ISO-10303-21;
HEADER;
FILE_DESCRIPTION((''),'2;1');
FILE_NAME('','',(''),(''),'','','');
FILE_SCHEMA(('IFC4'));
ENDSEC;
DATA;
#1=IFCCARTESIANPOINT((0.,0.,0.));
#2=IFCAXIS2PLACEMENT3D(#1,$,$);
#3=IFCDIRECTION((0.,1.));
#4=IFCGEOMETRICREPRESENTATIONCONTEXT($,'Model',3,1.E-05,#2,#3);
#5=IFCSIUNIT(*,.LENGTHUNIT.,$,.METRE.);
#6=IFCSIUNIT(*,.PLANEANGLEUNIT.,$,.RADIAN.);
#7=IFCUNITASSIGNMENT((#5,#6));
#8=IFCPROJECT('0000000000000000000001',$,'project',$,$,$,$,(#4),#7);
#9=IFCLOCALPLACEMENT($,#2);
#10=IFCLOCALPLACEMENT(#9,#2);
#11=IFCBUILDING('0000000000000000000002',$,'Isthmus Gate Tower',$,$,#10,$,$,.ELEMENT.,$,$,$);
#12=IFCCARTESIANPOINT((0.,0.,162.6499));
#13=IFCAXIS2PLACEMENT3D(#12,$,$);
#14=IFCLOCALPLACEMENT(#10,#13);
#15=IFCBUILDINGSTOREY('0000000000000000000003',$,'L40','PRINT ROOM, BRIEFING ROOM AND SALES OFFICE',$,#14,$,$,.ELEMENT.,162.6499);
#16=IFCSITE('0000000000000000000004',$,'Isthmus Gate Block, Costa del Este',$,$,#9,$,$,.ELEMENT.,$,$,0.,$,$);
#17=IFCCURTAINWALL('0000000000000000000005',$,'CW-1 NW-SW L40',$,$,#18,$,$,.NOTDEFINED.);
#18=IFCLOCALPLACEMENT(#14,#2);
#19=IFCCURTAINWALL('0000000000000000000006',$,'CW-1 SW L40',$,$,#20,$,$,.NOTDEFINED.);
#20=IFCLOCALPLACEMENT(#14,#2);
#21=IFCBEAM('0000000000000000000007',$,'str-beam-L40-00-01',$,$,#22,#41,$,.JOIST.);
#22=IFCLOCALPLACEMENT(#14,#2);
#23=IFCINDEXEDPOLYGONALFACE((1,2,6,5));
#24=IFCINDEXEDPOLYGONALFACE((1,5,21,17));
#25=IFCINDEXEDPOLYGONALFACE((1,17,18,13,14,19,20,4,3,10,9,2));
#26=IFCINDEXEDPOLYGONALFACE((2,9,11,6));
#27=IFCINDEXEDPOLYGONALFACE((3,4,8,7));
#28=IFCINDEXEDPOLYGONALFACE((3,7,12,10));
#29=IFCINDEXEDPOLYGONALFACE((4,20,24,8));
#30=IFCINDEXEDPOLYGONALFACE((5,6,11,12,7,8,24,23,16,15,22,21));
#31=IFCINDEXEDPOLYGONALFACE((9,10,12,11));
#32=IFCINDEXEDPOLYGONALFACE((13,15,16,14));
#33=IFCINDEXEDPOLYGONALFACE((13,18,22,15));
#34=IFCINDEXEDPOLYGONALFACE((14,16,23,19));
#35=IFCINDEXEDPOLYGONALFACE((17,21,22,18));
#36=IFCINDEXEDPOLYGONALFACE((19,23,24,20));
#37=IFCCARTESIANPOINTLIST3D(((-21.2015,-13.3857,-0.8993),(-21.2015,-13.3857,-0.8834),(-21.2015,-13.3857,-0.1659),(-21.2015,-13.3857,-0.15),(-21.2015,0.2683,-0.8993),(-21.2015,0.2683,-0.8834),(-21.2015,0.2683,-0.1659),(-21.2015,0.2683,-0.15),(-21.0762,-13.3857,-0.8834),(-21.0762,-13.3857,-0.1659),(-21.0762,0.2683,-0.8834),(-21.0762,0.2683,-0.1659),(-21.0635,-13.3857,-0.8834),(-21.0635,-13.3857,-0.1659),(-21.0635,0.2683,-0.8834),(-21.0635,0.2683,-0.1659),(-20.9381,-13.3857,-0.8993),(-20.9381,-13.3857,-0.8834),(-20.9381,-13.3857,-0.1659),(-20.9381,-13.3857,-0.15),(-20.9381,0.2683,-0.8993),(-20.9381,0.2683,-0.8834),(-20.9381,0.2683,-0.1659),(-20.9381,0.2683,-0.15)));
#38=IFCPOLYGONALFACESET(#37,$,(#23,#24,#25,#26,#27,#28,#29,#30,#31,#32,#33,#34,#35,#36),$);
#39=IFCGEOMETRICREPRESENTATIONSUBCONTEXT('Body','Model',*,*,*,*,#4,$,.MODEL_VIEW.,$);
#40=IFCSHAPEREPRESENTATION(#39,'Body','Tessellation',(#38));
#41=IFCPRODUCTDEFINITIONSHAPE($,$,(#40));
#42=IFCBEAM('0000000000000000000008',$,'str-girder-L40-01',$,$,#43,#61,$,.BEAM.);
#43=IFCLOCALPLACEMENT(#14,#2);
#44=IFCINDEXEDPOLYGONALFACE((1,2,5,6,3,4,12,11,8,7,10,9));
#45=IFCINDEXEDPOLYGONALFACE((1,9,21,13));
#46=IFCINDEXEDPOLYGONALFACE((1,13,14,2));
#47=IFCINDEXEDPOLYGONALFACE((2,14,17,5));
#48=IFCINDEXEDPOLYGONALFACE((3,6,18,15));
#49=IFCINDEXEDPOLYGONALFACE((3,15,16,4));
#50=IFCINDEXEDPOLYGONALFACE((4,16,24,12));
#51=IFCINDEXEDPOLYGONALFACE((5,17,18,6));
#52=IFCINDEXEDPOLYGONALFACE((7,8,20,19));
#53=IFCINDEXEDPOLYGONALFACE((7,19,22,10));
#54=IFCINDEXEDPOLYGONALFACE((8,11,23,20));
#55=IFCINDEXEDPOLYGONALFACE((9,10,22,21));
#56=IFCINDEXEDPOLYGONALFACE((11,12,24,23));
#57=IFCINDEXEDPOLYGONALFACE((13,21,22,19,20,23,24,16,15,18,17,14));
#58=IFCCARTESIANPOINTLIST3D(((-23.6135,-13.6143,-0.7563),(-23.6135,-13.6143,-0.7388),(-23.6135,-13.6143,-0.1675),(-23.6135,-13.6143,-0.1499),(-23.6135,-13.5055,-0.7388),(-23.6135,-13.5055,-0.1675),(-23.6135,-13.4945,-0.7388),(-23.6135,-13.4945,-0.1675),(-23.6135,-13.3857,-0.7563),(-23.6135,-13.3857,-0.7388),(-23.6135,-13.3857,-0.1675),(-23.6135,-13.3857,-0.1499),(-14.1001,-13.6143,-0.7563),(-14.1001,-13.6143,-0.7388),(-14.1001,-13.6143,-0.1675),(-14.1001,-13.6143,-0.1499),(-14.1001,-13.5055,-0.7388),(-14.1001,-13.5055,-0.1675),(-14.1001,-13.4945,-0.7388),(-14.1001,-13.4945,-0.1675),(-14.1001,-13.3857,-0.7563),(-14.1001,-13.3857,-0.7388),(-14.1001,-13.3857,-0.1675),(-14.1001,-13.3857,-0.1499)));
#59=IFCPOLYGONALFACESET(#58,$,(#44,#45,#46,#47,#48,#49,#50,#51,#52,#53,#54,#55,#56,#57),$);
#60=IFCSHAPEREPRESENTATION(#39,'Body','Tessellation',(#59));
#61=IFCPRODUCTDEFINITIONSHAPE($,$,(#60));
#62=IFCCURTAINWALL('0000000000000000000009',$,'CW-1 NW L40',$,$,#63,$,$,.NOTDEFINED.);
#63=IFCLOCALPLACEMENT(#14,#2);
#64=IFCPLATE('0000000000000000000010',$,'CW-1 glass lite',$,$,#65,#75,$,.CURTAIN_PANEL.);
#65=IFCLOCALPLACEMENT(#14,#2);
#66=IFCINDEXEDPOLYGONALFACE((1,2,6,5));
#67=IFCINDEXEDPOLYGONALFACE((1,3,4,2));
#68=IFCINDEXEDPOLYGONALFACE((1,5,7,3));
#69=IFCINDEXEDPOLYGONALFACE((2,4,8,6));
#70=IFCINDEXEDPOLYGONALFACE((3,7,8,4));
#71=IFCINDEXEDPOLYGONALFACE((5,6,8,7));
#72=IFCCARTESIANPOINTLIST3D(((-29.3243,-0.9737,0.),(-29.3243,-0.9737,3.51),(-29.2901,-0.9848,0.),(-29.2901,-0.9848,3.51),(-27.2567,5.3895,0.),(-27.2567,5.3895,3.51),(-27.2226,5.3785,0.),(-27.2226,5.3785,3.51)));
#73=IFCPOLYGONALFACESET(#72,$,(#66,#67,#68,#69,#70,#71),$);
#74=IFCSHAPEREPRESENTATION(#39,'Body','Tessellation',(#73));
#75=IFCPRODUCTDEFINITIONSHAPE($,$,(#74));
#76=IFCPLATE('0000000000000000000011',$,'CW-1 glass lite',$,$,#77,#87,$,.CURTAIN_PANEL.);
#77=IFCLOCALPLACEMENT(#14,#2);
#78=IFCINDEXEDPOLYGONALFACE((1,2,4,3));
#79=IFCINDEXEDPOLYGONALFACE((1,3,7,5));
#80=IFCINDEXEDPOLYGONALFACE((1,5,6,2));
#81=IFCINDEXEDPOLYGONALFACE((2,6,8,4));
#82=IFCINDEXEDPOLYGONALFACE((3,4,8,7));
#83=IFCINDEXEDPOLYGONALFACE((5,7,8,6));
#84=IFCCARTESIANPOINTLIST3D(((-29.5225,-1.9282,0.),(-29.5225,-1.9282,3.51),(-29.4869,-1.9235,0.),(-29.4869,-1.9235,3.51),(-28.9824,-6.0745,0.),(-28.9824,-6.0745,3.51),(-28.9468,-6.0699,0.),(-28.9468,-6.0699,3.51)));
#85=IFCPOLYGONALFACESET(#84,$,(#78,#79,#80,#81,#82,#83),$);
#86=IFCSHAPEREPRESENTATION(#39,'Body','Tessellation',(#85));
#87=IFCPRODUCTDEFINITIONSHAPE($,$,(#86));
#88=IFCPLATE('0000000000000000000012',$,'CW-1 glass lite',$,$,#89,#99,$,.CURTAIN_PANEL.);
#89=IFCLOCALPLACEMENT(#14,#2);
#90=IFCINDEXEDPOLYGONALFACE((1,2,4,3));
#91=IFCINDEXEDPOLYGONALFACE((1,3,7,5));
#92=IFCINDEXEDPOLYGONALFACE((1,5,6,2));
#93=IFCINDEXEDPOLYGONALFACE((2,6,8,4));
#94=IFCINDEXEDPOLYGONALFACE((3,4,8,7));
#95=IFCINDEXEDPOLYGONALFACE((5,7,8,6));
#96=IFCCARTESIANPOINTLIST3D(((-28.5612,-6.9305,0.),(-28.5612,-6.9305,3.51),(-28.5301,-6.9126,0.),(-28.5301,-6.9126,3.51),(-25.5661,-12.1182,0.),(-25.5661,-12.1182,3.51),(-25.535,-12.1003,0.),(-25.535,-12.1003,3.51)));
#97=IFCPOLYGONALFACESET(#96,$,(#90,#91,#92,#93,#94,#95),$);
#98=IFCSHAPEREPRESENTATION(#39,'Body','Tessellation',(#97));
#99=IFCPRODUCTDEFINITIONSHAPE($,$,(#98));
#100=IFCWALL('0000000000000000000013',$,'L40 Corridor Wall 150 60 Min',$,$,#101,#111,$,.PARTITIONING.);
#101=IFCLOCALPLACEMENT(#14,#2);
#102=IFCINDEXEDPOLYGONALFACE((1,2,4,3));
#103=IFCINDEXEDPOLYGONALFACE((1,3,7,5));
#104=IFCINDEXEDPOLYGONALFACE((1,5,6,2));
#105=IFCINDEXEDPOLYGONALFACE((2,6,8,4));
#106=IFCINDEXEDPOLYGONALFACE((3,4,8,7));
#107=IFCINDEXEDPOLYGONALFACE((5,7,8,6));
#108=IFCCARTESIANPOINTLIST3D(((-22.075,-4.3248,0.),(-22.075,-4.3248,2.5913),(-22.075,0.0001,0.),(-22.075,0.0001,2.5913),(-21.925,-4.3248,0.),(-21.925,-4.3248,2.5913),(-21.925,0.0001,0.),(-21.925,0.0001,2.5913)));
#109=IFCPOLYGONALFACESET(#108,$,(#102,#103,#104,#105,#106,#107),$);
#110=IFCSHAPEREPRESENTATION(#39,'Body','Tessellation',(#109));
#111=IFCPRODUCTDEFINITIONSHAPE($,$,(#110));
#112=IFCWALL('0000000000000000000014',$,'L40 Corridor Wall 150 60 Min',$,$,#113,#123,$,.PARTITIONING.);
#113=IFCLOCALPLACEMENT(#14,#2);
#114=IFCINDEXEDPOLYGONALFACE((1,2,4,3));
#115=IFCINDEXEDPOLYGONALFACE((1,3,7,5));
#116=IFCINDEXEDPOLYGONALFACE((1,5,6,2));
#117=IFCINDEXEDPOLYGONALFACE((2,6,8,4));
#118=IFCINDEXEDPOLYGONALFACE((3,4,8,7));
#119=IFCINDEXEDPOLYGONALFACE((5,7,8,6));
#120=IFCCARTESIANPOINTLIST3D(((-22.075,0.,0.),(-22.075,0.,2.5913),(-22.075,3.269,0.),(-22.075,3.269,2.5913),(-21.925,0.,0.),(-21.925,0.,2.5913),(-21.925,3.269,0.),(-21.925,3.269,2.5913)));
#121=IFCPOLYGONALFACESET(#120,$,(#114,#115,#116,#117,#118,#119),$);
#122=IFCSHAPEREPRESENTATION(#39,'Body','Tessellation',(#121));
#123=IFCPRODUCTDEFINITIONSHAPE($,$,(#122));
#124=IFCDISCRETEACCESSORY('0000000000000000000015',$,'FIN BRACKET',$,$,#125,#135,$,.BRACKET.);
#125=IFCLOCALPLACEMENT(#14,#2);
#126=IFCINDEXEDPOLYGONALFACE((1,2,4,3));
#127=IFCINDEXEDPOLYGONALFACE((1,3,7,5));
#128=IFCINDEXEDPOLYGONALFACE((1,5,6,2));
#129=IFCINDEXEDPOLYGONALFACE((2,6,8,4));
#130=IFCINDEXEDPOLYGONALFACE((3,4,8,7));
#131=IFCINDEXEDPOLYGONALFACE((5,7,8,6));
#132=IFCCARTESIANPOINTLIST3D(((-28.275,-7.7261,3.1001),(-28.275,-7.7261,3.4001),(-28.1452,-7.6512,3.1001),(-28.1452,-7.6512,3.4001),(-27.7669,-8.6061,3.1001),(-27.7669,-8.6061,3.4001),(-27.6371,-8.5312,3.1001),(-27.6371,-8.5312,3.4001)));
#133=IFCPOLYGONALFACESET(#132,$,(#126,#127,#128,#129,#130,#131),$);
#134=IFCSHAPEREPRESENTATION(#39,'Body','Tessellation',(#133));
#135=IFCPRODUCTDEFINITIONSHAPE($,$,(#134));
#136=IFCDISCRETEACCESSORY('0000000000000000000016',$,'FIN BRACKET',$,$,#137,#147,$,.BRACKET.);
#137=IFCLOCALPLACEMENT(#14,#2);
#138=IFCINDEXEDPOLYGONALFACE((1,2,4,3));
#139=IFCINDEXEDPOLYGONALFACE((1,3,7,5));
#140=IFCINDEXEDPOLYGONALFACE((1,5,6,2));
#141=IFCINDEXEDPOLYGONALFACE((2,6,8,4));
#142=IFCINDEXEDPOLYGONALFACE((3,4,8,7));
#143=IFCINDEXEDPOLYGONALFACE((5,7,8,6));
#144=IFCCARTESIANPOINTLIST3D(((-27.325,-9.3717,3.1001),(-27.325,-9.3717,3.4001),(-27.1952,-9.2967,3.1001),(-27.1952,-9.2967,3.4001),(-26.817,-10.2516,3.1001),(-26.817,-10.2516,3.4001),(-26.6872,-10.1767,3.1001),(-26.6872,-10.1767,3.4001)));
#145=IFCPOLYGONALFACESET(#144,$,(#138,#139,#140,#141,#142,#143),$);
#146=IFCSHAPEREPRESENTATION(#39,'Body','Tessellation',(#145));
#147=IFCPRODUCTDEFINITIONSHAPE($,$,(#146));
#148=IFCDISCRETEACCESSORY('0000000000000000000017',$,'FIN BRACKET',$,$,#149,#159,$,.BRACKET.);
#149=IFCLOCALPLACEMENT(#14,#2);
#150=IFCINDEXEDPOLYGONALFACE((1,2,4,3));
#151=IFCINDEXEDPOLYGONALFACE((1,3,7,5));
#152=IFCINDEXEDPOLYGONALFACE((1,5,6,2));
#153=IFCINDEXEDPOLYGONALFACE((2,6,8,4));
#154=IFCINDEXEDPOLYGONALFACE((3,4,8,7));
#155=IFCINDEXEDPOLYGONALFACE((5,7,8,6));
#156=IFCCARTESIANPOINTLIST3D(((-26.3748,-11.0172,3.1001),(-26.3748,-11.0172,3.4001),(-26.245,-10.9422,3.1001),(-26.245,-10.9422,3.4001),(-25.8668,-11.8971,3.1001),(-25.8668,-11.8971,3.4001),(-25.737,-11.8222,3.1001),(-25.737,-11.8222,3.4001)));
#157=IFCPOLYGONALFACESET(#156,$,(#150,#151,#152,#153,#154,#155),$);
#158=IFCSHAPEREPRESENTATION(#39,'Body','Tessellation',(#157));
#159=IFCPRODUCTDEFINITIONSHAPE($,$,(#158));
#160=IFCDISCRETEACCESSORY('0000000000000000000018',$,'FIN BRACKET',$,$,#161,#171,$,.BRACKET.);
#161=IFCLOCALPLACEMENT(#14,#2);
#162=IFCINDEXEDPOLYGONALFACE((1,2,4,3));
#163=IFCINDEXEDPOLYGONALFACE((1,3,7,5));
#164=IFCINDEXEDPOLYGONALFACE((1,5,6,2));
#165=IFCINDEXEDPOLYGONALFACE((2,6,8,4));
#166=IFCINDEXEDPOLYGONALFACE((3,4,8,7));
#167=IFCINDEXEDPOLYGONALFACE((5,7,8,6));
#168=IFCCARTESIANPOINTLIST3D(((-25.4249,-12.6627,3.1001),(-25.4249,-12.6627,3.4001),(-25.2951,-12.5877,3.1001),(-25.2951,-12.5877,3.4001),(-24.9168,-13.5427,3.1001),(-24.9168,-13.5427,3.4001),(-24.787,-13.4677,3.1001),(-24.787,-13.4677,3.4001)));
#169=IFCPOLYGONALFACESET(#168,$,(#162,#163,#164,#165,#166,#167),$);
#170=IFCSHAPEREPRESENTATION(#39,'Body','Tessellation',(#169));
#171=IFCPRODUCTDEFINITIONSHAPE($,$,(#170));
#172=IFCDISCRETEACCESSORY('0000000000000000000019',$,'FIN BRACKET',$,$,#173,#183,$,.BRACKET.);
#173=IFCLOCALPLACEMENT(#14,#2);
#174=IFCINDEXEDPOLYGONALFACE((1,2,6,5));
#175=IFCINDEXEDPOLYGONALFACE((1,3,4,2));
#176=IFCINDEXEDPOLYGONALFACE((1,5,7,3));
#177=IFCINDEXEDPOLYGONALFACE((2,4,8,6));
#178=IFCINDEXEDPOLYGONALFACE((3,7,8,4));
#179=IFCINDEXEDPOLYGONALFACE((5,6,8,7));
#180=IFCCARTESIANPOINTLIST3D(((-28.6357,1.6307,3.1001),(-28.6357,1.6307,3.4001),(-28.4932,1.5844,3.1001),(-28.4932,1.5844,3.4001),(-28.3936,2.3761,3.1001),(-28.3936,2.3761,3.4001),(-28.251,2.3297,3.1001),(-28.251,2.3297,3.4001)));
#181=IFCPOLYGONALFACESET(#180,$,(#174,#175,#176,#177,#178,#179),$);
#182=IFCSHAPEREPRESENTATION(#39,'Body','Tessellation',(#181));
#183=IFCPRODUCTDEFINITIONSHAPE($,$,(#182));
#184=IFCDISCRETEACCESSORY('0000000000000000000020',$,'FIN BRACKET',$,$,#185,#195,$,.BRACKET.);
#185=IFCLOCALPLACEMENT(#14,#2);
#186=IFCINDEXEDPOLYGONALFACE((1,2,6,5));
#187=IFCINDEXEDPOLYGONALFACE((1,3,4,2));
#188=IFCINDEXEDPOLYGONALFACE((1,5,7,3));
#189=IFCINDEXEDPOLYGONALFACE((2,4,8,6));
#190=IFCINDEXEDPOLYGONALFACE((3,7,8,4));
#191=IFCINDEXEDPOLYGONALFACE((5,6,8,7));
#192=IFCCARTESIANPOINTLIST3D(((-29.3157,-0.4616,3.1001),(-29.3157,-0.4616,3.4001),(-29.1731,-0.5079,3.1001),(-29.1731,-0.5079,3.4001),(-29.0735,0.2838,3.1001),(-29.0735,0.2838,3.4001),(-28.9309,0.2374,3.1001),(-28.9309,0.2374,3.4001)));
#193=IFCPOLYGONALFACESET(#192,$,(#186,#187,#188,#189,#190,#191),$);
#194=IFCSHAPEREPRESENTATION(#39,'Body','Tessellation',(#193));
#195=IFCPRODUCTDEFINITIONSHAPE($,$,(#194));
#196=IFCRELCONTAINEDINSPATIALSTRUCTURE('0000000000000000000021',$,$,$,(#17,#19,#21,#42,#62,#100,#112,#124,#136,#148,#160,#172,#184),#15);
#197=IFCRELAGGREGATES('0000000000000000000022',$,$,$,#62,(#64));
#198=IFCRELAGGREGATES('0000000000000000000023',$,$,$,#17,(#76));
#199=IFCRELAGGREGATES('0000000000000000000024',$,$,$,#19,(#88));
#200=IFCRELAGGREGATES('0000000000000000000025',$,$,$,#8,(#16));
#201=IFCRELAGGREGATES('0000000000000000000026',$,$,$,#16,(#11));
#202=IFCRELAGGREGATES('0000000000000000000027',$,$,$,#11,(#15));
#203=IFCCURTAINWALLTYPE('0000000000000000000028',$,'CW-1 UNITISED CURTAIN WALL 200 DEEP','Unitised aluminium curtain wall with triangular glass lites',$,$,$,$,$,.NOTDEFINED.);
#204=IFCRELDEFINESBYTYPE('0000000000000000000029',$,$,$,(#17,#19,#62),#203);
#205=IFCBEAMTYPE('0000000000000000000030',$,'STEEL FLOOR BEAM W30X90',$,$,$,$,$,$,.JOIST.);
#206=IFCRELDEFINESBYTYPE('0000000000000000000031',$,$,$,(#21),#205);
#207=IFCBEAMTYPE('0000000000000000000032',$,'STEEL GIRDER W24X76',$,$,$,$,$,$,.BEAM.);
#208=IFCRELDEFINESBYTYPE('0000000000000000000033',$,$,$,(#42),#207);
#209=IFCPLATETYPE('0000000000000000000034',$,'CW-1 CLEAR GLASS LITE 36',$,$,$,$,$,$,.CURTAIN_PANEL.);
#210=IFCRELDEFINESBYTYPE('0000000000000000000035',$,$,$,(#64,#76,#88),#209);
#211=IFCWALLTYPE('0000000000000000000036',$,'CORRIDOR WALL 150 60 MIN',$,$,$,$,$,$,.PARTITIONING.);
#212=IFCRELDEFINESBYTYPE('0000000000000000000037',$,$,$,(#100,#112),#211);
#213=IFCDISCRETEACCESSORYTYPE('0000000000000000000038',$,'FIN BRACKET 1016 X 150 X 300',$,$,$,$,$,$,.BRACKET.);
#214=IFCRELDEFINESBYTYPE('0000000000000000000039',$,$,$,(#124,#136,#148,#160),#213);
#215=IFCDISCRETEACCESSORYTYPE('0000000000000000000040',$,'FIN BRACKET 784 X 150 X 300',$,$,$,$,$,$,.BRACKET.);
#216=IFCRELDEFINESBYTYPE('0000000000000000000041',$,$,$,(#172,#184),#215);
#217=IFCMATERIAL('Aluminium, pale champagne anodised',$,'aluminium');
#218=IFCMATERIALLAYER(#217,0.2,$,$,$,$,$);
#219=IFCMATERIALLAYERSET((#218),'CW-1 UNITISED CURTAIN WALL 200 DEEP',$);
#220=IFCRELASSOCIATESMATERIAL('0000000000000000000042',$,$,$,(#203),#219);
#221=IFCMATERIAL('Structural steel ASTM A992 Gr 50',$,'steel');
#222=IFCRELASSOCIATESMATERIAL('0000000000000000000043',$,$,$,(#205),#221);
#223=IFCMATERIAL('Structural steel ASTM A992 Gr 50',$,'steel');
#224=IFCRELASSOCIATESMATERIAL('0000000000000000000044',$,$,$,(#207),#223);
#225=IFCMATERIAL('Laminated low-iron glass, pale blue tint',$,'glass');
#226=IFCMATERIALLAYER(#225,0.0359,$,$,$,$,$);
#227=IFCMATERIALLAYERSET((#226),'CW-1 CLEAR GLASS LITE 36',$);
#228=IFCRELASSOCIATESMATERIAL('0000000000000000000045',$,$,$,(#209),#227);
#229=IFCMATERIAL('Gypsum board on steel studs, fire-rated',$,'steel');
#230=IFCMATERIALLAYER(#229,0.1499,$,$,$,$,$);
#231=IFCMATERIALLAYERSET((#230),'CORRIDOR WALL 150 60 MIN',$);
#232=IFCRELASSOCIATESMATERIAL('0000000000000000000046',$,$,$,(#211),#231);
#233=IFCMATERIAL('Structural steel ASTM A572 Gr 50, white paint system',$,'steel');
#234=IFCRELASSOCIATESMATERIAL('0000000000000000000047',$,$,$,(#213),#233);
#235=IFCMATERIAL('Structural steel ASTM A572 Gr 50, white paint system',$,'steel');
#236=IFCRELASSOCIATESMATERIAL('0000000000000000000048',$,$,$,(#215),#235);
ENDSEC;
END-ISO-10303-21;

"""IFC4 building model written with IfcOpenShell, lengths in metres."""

from ifc_helpers import new_model, si_unit, direction, frame, frame_2d, origin, origin_2d, place, context, subcontext, project, spatial, rectangle, i_section, extrude, material, layer, layer_set, material_profile, profile_set, type_object, element, aggregate, save


model = new_model("IFC4")

# Units and contexts
model_context = context("Model", 3, precision=1e-05, world=origin(), true_north=direction((0.0, 1.0)))
body_context = subcontext(model_context, "Body", "Model", "MODEL_VIEW")
ifc_project = project(units=[si_unit("LENGTHUNIT", "METRE"), si_unit("PLANEANGLEUNIT", "RADIAN")], contexts=[model_context])

# Site, building, storey
site_placement = place(None, origin())
site = spatial("IfcSite", under=ifc_project, at=site_placement, Name="Isthmus Gate Block, Costa del Este", CompositionType="ELEMENT", RefElevation=0.0)
building_placement = place(site_placement, origin())
building = spatial("IfcBuilding", under=site, at=building_placement, Name="Isthmus Gate Tower", CompositionType="ELEMENT")
storey_placement = place(building_placement, frame((0.0, 0.0, 162.6499)))
storey = spatial("IfcBuildingStorey", under=building, at=storey_placement, Name="L40", Description="PRINT ROOM, BRIEFING ROOM AND SALES OFFICE", CompositionType="ELEMENT", Elevation=162.6499)

# Curtain walls
ifc_material_1 = material(Name="Aluminium, pale champagne anodised", Category="aluminium")
ifc_layer_1 = layer(ifc_material_1, 0.2)
ifc_layer_set_1 = layer_set([ifc_layer_1], Name="CW-1 UNITISED CURTAIN WALL 200 DEEP")
curtain_wall_type = type_object("IfcCurtainWallType", Name="CW-1 UNITISED CURTAIN WALL 200 DEEP", Description="Unitised aluminium curtain wall with triangular glass lites", PredefinedType="NOTDEFINED", material=ifc_layer_set_1)
curtain_wall_1_placement = place(storey_placement, origin())
curtain_wall_1 = element("IfcCurtainWall", 1, at=curtain_wall_1_placement, inside=storey, type_object=curtain_wall_type, Name="CW-1 NW-SW L40", PredefinedType="NOTDEFINED")
curtain_wall_2_placement = place(storey_placement, origin())
curtain_wall_2 = element("IfcCurtainWall", 2, at=curtain_wall_2_placement, inside=storey, type_object=curtain_wall_type, Name="CW-1 SW L40", PredefinedType="NOTDEFINED")

# Beams
ifc_material_2 = material(Name="Structural steel ASTM A992 Gr 50", Category="steel")
ifc_material_profile_1 = material_profile(ifc_material_2, i_section(OverallWidth=0.2634, OverallDepth=0.7493, WebThickness=0.0127, FlangeThickness=0.0159, at=origin_2d()), Name="W30X90")
ifc_profile_set_1 = profile_set([ifc_material_profile_1], Name="Structural steel ASTM A992 Gr 50")
beam_type_1 = type_object("IfcBeamType", Name="STEEL FLOOR BEAM W30X90", PredefinedType="JOIST", material=ifc_profile_set_1)
beam_1_placement = place(storey_placement, frame((-21.0698, -13.3857, -0.5247), z_axis=(0.0, 1.0, 0.0), x_axis=(-1.0, 0.0, 0.0)))
element("IfcBeam", 3, at=beam_1_placement, inside=storey, type_object=beam_type_1, Name="str-beam-L40-00-01", PredefinedType="JOIST", context=body_context, shape_type="SweptSolid", body=[
    extrude(i_section(OverallWidth=0.2634, OverallDepth=0.7493, WebThickness=0.0127, FlangeThickness=0.0159, at=origin_2d()), origin(), (0.0, 0.0, 1.0), 13.6541),
])
ifc_material_3 = material(Name="Structural steel ASTM A992 Gr 50", Category="steel")
ifc_material_profile_2 = material_profile(ifc_material_3, i_section(OverallWidth=0.2285, OverallDepth=0.6064, WebThickness=0.011, FlangeThickness=0.0176, at=origin_2d()), Name="W24X76")
ifc_profile_set_2 = profile_set([ifc_material_profile_2], Name="Structural steel ASTM A992 Gr 50")
beam_type_2 = type_object("IfcBeamType", Name="STEEL GIRDER W24X76", PredefinedType="BEAM", material=ifc_profile_set_2)
beam_2_placement = place(storey_placement, frame((-23.6135, -13.5, -0.4531), z_axis=(1.0, 0.0, 0.0), x_axis=(0.0, 1.0, 0.0)))
element("IfcBeam", 4, at=beam_2_placement, inside=storey, type_object=beam_type_2, Name="str-girder-L40-01", PredefinedType="BEAM", context=body_context, shape_type="SweptSolid", body=[
    extrude(i_section(OverallWidth=0.2285, OverallDepth=0.6064, WebThickness=0.011, FlangeThickness=0.0176, at=origin_2d()), origin(), (0.0, 0.0, 1.0), 9.5134),
])

# Curtain wall, plate
curtain_wall_3_placement = place(storey_placement, origin())
curtain_wall_3 = element("IfcCurtainWall", 5, at=curtain_wall_3_placement, inside=storey, type_object=curtain_wall_type, Name="CW-1 NW L40", PredefinedType="NOTDEFINED")
ifc_material_4 = material(Name="Laminated low-iron glass, pale blue tint", Category="glass")
ifc_layer_2 = layer(ifc_material_4, 0.0359)
ifc_layer_set_2 = layer_set([ifc_layer_2], Name="CW-1 CLEAR GLASS LITE 36")
plate_type = type_object("IfcPlateType", Name="CW-1 CLEAR GLASS LITE 36", PredefinedType="CURTAIN_PANEL", material=ifc_layer_set_2)
plate_1_placement = place(storey_placement, frame((-28.2734, 2.2024, 0.0), z_axis=(0.0, 0.0, 1.0), x_axis=(-0.309017, -0.951057, 0.0)))
plate_1 = element("IfcPlate", 6, at=plate_1_placement, type_object=plate_type, Name="CW-1 glass lite", PredefinedType="CURTAIN_PANEL", context=body_context, shape_type="SweptSolid", body=[
    extrude(rectangle(XDim=6.6907, YDim=0.0359, at=origin_2d()), origin(), (0.0, 0.0, 1.0), 3.51),
])
aggregate(curtain_wall_3, [plate_1])

# Plates
plate_2_placement = place(storey_placement, frame((-29.2346, -3.999, 0.0), z_axis=(0.0, 0.0, 1.0), x_axis=(0.129165, -0.991623, 0.0)))
plate_2 = element("IfcPlate", 7, at=plate_2_placement, type_object=plate_type, Name="CW-1 glass lite", PredefinedType="CURTAIN_PANEL", context=body_context, shape_type="SweptSolid", body=[
    extrude(rectangle(XDim=4.1814, YDim=0.0359, at=origin_2d()), origin(), (0.0, 0.0, 1.0), 3.51),
])
aggregate(curtain_wall_1, [plate_2])
plate_3_placement = place(storey_placement, frame((-27.0481, -9.5154, 0.0), z_axis=(0.0, 0.0, 1.0), x_axis=(0.5, -0.866025, 0.0)))
plate_3 = element("IfcPlate", 8, at=plate_3_placement, type_object=plate_type, Name="CW-1 glass lite", PredefinedType="CURTAIN_PANEL", context=body_context, shape_type="SweptSolid", body=[
    extrude(rectangle(XDim=5.9902, YDim=0.0359, at=origin_2d()), origin(), (0.0, 0.0, 1.0), 3.51),
])
aggregate(curtain_wall_2, [plate_3])

# Walls
ifc_material_5 = material(Name="Gypsum board on steel studs, fire-rated", Category="steel")
ifc_layer_3 = layer(ifc_material_5, 0.1499)
ifc_layer_set_3 = layer_set([ifc_layer_3], Name="CORRIDOR WALL 150 60 MIN")
wall_type = type_object("IfcWallType", Name="CORRIDOR WALL 150 60 MIN", PredefinedType="PARTITIONING", material=ifc_layer_set_3)
wall_1_placement = place(storey_placement, frame((-22.0, -4.325, 0.0), z_axis=(0.0, 0.0, 1.0), x_axis=(0.0, 1.0, 0.0)))
element("IfcWall", 9, at=wall_1_placement, inside=storey, type_object=wall_type, Name="L40 Corridor Wall 150 60 Min", PredefinedType="PARTITIONING", context=body_context, shape_type="SweptSolid", body=[
    extrude(rectangle(XDim=4.325, YDim=0.1499, at=frame_2d((2.1626, 0.0))), origin(), (0.0, 0.0, 1.0), 2.5913),
])
wall_2_placement = place(storey_placement, frame((-22.0, 0.0, 0.0), z_axis=(0.0, 0.0, 1.0), x_axis=(0.0, 1.0, 0.0)))
element("IfcWall", 10, at=wall_2_placement, inside=storey, type_object=wall_type, Name="L40 Corridor Wall 150 60 Min", PredefinedType="PARTITIONING", context=body_context, shape_type="SweptSolid", body=[
    extrude(rectangle(XDim=3.269, YDim=0.1499, at=frame_2d((1.6345, 0.0))), origin(), (0.0, 0.0, 1.0), 2.5913),
])

# Discrete accessories
ifc_material_6 = material(Name="Structural steel ASTM A572 Gr 50, white paint system", Category="steel")
discrete_accessory_type_1 = type_object("IfcDiscreteAccessoryType", Name="FIN BRACKET 1016 X 150 X 300", PredefinedType="BRACKET", material=ifc_material_6)
for number, where, z_axis, x_axis, name in (
    (11, (-27.9561, -8.1287, 3.1001), (0.0, 0.0, 1.0), (-0.866025, -0.5, 0.0), "FIN BRACKET"),
    (12, (-27.0061, -9.7742, 3.1001), (0.0, 0.0, 1.0), (-0.866025, -0.5, 0.0), "FIN BRACKET"),
    (13, (-26.0559, -11.4197, 3.1001), (0.0, 0.0, 1.0), (-0.866025, -0.5, 0.0), "FIN BRACKET"),
    (14, (-25.106, -13.0652, 3.1001), (0.0, 0.0, 1.0), (-0.866025, -0.5, 0.0), "FIN BRACKET"),
):
    element("IfcDiscreteAccessory", number, at=place(storey_placement, frame(where, z_axis=z_axis, x_axis=x_axis)), inside=storey, type_object=discrete_accessory_type_1, Name=name, PredefinedType="BRACKET", context=body_context, shape_type="SweptSolid", body=[
        extrude(rectangle(XDim=0.1499, YDim=1.0161, at=origin_2d()), origin(), (0.0, 0.0, 1.0), 0.3),
    ])
ifc_material_7 = material(Name="Structural steel ASTM A572 Gr 50, white paint system", Category="steel")
discrete_accessory_type_2 = type_object("IfcDiscreteAccessoryType", Name="FIN BRACKET 784 X 150 X 300", PredefinedType="BRACKET", material=ifc_material_7)
for number, where, z_axis, x_axis, name in (
    (15, (-28.4434, 1.9802, 3.1001), (0.0, 0.0, 1.0), (-0.951057, 0.309017, 0.0), "FIN BRACKET"),
    (16, (-29.1233, -0.1121, 3.1001), (0.0, 0.0, 1.0), (-0.951057, 0.309017, 0.0), "FIN BRACKET"),
):
    element("IfcDiscreteAccessory", number, at=place(storey_placement, frame(where, z_axis=z_axis, x_axis=x_axis)), inside=storey, type_object=discrete_accessory_type_2, Name=name, PredefinedType="BRACKET", context=body_context, shape_type="SweptSolid", body=[
        extrude(rectangle(XDim=0.1499, YDim=0.7837, at=origin_2d()), origin(), (0.0, 0.0, 1.0), 0.3),
    ])

save(model, "model.ifc")
